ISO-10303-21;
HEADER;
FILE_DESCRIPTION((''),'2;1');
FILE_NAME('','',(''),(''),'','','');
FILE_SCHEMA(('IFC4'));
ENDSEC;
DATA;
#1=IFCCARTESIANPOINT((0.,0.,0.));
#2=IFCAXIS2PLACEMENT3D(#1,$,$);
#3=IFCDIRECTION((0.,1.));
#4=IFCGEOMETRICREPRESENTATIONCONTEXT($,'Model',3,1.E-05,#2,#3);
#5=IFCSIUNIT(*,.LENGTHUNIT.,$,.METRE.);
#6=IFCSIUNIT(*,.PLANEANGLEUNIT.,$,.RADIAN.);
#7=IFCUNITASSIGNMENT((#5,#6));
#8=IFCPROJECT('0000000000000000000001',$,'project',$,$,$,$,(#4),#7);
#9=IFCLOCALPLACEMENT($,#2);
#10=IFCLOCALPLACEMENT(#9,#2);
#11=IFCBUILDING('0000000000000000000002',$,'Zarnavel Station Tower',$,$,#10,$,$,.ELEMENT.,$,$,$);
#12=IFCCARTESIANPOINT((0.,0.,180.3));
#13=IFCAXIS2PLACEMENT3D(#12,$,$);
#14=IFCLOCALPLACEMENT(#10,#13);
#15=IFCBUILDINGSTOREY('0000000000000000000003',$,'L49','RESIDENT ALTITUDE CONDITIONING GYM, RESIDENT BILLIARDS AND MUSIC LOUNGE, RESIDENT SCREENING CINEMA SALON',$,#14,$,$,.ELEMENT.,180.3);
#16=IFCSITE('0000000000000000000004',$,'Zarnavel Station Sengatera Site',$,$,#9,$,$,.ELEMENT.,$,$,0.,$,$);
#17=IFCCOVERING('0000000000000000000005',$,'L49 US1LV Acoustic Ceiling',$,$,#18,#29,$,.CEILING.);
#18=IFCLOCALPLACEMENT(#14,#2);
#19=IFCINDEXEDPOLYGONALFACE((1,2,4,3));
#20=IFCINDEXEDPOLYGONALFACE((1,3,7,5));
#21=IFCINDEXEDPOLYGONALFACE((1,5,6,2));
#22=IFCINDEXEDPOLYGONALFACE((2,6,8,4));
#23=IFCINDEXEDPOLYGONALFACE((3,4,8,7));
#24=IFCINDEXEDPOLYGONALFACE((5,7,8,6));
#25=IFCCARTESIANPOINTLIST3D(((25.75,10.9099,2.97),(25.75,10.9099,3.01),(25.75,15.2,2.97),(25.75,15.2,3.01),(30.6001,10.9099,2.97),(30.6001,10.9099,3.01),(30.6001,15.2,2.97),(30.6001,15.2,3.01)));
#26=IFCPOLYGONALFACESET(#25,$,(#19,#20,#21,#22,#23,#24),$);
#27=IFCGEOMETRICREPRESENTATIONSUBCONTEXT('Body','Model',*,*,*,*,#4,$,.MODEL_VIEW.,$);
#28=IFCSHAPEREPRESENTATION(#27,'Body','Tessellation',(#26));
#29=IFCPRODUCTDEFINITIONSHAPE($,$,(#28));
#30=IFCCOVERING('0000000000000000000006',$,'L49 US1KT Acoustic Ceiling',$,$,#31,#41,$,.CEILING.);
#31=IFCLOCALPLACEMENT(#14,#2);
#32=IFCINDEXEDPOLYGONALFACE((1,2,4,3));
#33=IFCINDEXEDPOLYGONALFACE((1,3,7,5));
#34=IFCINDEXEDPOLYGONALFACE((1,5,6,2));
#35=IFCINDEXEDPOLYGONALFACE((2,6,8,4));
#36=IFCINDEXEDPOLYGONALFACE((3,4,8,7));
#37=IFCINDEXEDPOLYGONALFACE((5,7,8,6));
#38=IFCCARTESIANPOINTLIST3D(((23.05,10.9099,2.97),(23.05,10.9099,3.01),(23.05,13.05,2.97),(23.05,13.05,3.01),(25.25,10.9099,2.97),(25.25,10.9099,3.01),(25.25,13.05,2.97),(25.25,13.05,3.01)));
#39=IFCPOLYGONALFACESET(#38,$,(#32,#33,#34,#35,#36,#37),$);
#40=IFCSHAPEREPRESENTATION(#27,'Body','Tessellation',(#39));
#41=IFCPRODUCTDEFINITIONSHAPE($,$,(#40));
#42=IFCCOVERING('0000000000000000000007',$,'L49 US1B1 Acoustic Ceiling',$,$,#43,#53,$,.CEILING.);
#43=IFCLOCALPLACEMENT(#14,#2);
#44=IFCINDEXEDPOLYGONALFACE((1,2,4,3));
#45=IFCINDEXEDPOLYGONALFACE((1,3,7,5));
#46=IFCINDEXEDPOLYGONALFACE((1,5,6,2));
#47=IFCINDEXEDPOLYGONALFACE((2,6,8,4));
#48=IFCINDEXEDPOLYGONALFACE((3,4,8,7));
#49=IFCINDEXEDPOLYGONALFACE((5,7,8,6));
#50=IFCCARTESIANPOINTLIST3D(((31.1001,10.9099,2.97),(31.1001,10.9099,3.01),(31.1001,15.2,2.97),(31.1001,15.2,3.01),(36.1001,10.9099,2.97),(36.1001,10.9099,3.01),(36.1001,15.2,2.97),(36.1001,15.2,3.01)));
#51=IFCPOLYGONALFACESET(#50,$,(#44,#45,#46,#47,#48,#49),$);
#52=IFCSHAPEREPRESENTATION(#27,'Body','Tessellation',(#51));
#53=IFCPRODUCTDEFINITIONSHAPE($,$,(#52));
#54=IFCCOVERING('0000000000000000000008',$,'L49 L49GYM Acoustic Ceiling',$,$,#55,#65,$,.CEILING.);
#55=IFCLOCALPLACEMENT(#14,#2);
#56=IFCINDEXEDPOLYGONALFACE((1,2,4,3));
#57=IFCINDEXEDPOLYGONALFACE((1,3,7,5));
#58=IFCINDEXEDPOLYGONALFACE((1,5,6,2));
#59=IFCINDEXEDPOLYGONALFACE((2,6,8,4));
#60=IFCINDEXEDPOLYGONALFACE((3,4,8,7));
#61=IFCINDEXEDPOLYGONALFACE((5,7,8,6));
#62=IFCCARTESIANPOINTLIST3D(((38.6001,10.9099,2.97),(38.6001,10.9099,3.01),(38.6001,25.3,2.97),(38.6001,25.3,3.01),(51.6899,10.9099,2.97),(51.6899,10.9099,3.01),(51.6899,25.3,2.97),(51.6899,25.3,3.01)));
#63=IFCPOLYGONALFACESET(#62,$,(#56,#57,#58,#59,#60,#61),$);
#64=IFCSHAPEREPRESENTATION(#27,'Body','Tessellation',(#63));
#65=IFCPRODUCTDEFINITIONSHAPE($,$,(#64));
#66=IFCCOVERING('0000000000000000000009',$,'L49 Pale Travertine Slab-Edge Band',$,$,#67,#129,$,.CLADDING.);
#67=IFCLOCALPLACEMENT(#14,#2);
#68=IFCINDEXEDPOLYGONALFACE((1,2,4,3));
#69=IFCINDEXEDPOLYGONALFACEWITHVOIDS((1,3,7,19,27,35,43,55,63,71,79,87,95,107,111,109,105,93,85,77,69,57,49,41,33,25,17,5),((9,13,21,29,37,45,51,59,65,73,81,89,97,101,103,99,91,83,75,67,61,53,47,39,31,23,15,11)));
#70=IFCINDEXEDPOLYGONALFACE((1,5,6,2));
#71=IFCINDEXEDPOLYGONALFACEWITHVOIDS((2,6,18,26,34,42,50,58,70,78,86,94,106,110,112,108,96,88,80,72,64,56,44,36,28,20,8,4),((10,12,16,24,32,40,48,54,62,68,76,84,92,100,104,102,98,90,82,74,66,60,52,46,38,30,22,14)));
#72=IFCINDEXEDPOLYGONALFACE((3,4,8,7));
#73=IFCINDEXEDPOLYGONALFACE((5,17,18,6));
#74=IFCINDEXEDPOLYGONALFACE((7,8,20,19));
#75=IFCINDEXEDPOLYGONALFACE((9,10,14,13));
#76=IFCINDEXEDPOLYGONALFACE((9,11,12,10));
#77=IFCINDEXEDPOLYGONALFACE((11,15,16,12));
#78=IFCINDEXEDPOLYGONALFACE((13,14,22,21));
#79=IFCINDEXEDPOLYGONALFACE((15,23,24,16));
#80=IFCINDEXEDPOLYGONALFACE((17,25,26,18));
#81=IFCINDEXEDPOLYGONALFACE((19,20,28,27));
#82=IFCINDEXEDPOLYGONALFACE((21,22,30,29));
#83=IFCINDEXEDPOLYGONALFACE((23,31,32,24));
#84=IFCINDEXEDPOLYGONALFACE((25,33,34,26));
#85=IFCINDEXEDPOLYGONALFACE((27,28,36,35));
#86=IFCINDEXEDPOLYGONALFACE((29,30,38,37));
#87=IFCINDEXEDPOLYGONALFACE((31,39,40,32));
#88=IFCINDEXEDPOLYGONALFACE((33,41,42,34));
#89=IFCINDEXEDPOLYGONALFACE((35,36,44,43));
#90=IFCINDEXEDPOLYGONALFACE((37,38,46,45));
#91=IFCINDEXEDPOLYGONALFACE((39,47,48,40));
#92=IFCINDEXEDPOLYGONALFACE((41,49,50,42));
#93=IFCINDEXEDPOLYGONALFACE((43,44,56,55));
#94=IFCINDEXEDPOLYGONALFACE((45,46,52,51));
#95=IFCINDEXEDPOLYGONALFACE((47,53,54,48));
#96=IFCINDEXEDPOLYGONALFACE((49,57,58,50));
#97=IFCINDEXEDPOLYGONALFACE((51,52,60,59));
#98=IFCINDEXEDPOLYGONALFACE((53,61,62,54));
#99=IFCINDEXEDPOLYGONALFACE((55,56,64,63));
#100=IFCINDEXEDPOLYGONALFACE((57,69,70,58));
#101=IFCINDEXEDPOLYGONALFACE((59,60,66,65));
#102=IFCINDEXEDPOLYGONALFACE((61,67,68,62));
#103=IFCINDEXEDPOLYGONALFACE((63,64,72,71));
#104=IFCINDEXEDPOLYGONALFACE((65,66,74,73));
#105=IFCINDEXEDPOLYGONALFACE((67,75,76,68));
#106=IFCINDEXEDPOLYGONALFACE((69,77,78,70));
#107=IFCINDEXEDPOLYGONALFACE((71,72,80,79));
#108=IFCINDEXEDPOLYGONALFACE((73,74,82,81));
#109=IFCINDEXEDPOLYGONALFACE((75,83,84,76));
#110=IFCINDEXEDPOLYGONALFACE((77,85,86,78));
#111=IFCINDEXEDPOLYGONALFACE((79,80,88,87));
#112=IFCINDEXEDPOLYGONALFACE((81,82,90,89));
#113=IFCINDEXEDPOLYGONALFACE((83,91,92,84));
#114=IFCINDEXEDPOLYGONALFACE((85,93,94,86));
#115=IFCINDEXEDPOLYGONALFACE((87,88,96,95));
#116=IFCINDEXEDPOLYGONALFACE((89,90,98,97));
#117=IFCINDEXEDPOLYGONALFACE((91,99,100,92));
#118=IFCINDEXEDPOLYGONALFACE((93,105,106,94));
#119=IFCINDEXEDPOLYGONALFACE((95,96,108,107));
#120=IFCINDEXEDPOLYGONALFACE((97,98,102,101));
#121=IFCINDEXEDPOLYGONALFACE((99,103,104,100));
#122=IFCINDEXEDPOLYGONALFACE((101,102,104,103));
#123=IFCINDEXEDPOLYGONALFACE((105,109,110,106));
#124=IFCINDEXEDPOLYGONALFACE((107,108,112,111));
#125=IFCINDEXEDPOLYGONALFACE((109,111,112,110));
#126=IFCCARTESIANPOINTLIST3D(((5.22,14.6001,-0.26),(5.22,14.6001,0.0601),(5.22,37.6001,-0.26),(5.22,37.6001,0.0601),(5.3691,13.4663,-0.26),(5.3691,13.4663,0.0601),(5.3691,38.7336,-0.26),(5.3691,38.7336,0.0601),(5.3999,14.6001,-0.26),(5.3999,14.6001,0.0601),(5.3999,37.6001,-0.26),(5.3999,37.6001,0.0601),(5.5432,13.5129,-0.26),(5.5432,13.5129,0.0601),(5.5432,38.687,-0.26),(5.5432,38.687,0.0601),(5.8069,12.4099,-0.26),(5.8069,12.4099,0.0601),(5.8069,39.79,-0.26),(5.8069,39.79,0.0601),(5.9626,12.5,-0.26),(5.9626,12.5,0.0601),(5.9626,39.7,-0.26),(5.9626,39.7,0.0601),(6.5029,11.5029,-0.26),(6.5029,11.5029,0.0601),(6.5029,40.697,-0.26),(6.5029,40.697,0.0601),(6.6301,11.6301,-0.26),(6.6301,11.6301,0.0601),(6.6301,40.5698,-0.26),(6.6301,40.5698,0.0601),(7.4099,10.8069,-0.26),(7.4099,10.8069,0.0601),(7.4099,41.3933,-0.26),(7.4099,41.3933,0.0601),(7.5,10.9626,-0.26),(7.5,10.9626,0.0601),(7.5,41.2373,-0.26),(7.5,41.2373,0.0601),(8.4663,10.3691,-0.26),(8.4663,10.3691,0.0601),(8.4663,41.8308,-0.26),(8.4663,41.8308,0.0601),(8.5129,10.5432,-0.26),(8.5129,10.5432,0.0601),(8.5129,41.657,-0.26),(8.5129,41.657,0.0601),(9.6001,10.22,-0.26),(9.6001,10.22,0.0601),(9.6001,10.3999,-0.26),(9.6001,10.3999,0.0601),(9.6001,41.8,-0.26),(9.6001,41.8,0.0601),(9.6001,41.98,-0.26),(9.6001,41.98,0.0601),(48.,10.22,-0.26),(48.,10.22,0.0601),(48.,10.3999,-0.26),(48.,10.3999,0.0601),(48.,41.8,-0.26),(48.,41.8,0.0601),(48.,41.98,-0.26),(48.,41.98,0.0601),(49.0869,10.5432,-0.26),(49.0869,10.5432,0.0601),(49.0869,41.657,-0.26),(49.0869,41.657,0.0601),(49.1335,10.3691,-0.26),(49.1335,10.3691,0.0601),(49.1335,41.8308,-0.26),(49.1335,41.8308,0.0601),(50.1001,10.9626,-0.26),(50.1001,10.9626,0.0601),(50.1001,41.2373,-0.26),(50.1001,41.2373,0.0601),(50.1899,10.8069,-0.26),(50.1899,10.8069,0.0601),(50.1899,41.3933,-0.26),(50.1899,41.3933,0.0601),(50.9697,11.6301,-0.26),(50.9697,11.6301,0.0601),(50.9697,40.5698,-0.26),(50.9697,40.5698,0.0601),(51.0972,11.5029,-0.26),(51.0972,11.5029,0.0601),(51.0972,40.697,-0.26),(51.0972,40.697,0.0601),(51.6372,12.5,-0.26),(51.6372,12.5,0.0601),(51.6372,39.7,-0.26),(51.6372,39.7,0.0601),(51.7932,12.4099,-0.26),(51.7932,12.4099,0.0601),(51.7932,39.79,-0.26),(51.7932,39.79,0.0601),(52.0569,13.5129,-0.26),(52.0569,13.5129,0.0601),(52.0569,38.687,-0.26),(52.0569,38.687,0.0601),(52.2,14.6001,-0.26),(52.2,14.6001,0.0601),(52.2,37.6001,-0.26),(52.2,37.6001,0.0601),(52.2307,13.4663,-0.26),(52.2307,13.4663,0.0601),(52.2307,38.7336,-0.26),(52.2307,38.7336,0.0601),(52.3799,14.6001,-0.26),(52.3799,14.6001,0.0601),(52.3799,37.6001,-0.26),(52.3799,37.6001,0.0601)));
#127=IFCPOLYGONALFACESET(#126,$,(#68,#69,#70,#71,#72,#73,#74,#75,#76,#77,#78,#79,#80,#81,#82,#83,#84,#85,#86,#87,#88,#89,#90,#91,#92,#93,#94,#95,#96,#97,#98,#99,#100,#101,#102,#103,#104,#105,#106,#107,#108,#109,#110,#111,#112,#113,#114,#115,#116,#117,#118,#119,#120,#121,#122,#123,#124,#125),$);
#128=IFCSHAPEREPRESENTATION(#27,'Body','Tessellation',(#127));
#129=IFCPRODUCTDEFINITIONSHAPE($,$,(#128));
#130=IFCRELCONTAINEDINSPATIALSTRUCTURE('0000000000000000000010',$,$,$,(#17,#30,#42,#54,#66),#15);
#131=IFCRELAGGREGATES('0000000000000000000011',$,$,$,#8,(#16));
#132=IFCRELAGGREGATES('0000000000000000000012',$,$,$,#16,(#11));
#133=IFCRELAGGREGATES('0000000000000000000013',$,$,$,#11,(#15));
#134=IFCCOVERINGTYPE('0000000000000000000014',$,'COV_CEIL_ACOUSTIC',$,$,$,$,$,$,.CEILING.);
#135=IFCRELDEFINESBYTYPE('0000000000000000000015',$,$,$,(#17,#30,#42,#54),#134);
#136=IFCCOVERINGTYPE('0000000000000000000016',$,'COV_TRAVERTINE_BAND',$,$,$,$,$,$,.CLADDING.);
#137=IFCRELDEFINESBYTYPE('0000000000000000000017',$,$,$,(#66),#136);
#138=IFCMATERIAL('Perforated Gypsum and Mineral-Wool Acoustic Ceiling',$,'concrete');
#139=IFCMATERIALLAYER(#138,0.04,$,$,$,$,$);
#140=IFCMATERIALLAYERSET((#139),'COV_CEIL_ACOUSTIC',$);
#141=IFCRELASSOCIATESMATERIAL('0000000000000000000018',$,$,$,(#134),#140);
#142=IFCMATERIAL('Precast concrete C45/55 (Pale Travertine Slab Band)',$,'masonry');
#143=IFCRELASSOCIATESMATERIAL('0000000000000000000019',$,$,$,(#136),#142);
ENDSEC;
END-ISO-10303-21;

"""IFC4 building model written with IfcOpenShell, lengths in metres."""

from ifc_helpers import new_model, si_unit, direction, frame, origin, place, context, subcontext, project, spatial, polyline, outline, extrude, material, layer, layer_set, type_object, element, save


model = new_model("IFC4")

# Units and contexts
model_context = context("Model", 3, precision=1e-05, world=origin(), true_north=direction((0.0, 1.0)))
body_context = subcontext(model_context, "Body", "Model", "MODEL_VIEW")
ifc_project = project(units=[si_unit("LENGTHUNIT", "METRE"), si_unit("PLANEANGLEUNIT", "RADIAN")], contexts=[model_context])

# Site, building, storey
site_placement = place(None, origin())
site = spatial("IfcSite", under=ifc_project, at=site_placement, Name="Zarnavel Station Sengatera Site", CompositionType="ELEMENT", RefElevation=0.0)
building_placement = place(site_placement, origin())
building = spatial("IfcBuilding", under=site, at=building_placement, Name="Zarnavel Station Tower", CompositionType="ELEMENT")
storey_placement = place(building_placement, frame((0.0, 0.0, 180.3)))
storey = spatial("IfcBuildingStorey", under=building, at=storey_placement, Name="L49", Description="RESIDENT ALTITUDE CONDITIONING GYM, RESIDENT BILLIARDS AND MUSIC LOUNGE, RESIDENT SCREENING CINEMA SALON", CompositionType="ELEMENT", Elevation=180.3)

# Coverings
ifc_material_1 = material(Name="Perforated Gypsum and Mineral-Wool Acoustic Ceiling", Category="concrete")
ifc_layer_1 = layer(ifc_material_1, 0.04)
ifc_layer_set_1 = layer_set([ifc_layer_1], Name="COV_CEIL_ACOUSTIC")
covering_type_1 = type_object("IfcCoveringType", Name="COV_CEIL_ACOUSTIC", PredefinedType="CEILING", material=ifc_layer_set_1)
covering_1_placement = place(storey_placement, frame((0.0, 0.0, 2.97)))
element("IfcCovering", 1, at=covering_1_placement, inside=storey, type_object=covering_type_1, Name="L49 US1LV Acoustic Ceiling", PredefinedType="CEILING", context=body_context, shape_type="SweptSolid", body=[
    extrude(outline(polyline([(25.75, 10.9099), (30.6001, 10.9099), (30.6001, 15.2), (25.75, 15.2), (25.75, 10.9099)])), origin(), (0.0, 0.0, 1.0), 0.04),
])
covering_2_placement = place(storey_placement, frame((0.0, 0.0, 2.97)))
element("IfcCovering", 2, at=covering_2_placement, inside=storey, type_object=covering_type_1, Name="L49 US1KT Acoustic Ceiling", PredefinedType="CEILING", context=body_context, shape_type="SweptSolid", body=[
    extrude(outline(polyline([(23.05, 10.9099), (25.25, 10.9099), (25.25, 13.05), (23.05, 13.05), (23.05, 10.9099)])), origin(), (0.0, 0.0, 1.0), 0.04),
])
covering_3_placement = place(storey_placement, frame((0.0, 0.0, 2.97)))
element("IfcCovering", 3, at=covering_3_placement, inside=storey, type_object=covering_type_1, Name="L49 US1B1 Acoustic Ceiling", PredefinedType="CEILING", context=body_context, shape_type="SweptSolid", body=[
    extrude(outline(polyline([(31.1001, 10.9099), (36.1001, 10.9099), (36.1001, 15.2), (31.1001, 15.2), (31.1001, 10.9099)])), origin(), (0.0, 0.0, 1.0), 0.04),
])
covering_4_placement = place(storey_placement, frame((0.0, 0.0, 2.97)))
element("IfcCovering", 4, at=covering_4_placement, inside=storey, type_object=covering_type_1, Name="L49 L49GYM Acoustic Ceiling", PredefinedType="CEILING", context=body_context, shape_type="SweptSolid", body=[
    extrude(outline(polyline([(38.6001, 10.9099), (51.6899, 10.9099), (51.6899, 25.3), (38.6001, 25.3), (38.6001, 10.9099)])), origin(), (0.0, 0.0, 1.0), 0.04),
])
ifc_material_2 = material(Name="Precast concrete C45/55 (Pale Travertine Slab Band)", Category="masonry")
covering_type_2 = type_object("IfcCoveringType", Name="COV_TRAVERTINE_BAND", PredefinedType="CLADDING", material=ifc_material_2)
covering_5_placement = place(storey_placement, frame((0.0, 0.0, -0.26)))
element("IfcCovering", 5, at=covering_5_placement, inside=storey, type_object=covering_type_2, Name="L49 Pale Travertine Slab-Edge Band", PredefinedType="CLADDING", context=body_context, shape_type="SweptSolid", body=[
    extrude(outline(polyline([(48.0, 10.22), (49.1335, 10.3691), (50.1899, 10.8069), (51.0972, 11.5029), (51.7932, 12.4099), (52.2307, 13.4663), (52.3799, 14.6001), (52.3799, 37.6001), (52.2307, 38.7336), (51.7932, 39.79), (51.0972, 40.697), (50.1899, 41.3933), (49.1335, 41.8308), (48.0, 41.98), (9.6001, 41.98), (8.4663, 41.8308), (7.4099, 41.3933), (6.5029, 40.697), (5.8069, 39.79), (5.3691, 38.7336), (5.22, 37.6001), (5.22, 14.6001), (5.3691, 13.4663), (5.8069, 12.4099), (6.5029, 11.5029), (7.4099, 10.8069), (8.4663, 10.3691), (9.6001, 10.22), (48.0, 10.22)]), holes=[polyline([(48.0, 10.3999), (49.0869, 10.5432), (50.1001, 10.9626), (50.9697, 11.6301), (51.6372, 12.5), (52.0569, 13.5129), (52.2, 14.6001), (52.2, 37.6001), (52.0569, 38.687), (51.6372, 39.7), (50.9697, 40.5698), (50.1001, 41.2373), (49.0869, 41.657), (48.0, 41.8), (9.6001, 41.8), (8.5129, 41.657), (7.5, 41.2373), (6.6301, 40.5698), (5.9626, 39.7), (5.5432, 38.687), (5.3999, 37.6001), (5.3999, 14.6001), (5.5432, 13.5129), (5.9626, 12.5), (6.6301, 11.6301), (7.5, 10.9626), (8.5129, 10.5432), (9.6001, 10.3999), (48.0, 10.3999)])]), origin(), (0.0, 0.0, 1.0), 0.3201),
])

save(model, "model.ifc")
